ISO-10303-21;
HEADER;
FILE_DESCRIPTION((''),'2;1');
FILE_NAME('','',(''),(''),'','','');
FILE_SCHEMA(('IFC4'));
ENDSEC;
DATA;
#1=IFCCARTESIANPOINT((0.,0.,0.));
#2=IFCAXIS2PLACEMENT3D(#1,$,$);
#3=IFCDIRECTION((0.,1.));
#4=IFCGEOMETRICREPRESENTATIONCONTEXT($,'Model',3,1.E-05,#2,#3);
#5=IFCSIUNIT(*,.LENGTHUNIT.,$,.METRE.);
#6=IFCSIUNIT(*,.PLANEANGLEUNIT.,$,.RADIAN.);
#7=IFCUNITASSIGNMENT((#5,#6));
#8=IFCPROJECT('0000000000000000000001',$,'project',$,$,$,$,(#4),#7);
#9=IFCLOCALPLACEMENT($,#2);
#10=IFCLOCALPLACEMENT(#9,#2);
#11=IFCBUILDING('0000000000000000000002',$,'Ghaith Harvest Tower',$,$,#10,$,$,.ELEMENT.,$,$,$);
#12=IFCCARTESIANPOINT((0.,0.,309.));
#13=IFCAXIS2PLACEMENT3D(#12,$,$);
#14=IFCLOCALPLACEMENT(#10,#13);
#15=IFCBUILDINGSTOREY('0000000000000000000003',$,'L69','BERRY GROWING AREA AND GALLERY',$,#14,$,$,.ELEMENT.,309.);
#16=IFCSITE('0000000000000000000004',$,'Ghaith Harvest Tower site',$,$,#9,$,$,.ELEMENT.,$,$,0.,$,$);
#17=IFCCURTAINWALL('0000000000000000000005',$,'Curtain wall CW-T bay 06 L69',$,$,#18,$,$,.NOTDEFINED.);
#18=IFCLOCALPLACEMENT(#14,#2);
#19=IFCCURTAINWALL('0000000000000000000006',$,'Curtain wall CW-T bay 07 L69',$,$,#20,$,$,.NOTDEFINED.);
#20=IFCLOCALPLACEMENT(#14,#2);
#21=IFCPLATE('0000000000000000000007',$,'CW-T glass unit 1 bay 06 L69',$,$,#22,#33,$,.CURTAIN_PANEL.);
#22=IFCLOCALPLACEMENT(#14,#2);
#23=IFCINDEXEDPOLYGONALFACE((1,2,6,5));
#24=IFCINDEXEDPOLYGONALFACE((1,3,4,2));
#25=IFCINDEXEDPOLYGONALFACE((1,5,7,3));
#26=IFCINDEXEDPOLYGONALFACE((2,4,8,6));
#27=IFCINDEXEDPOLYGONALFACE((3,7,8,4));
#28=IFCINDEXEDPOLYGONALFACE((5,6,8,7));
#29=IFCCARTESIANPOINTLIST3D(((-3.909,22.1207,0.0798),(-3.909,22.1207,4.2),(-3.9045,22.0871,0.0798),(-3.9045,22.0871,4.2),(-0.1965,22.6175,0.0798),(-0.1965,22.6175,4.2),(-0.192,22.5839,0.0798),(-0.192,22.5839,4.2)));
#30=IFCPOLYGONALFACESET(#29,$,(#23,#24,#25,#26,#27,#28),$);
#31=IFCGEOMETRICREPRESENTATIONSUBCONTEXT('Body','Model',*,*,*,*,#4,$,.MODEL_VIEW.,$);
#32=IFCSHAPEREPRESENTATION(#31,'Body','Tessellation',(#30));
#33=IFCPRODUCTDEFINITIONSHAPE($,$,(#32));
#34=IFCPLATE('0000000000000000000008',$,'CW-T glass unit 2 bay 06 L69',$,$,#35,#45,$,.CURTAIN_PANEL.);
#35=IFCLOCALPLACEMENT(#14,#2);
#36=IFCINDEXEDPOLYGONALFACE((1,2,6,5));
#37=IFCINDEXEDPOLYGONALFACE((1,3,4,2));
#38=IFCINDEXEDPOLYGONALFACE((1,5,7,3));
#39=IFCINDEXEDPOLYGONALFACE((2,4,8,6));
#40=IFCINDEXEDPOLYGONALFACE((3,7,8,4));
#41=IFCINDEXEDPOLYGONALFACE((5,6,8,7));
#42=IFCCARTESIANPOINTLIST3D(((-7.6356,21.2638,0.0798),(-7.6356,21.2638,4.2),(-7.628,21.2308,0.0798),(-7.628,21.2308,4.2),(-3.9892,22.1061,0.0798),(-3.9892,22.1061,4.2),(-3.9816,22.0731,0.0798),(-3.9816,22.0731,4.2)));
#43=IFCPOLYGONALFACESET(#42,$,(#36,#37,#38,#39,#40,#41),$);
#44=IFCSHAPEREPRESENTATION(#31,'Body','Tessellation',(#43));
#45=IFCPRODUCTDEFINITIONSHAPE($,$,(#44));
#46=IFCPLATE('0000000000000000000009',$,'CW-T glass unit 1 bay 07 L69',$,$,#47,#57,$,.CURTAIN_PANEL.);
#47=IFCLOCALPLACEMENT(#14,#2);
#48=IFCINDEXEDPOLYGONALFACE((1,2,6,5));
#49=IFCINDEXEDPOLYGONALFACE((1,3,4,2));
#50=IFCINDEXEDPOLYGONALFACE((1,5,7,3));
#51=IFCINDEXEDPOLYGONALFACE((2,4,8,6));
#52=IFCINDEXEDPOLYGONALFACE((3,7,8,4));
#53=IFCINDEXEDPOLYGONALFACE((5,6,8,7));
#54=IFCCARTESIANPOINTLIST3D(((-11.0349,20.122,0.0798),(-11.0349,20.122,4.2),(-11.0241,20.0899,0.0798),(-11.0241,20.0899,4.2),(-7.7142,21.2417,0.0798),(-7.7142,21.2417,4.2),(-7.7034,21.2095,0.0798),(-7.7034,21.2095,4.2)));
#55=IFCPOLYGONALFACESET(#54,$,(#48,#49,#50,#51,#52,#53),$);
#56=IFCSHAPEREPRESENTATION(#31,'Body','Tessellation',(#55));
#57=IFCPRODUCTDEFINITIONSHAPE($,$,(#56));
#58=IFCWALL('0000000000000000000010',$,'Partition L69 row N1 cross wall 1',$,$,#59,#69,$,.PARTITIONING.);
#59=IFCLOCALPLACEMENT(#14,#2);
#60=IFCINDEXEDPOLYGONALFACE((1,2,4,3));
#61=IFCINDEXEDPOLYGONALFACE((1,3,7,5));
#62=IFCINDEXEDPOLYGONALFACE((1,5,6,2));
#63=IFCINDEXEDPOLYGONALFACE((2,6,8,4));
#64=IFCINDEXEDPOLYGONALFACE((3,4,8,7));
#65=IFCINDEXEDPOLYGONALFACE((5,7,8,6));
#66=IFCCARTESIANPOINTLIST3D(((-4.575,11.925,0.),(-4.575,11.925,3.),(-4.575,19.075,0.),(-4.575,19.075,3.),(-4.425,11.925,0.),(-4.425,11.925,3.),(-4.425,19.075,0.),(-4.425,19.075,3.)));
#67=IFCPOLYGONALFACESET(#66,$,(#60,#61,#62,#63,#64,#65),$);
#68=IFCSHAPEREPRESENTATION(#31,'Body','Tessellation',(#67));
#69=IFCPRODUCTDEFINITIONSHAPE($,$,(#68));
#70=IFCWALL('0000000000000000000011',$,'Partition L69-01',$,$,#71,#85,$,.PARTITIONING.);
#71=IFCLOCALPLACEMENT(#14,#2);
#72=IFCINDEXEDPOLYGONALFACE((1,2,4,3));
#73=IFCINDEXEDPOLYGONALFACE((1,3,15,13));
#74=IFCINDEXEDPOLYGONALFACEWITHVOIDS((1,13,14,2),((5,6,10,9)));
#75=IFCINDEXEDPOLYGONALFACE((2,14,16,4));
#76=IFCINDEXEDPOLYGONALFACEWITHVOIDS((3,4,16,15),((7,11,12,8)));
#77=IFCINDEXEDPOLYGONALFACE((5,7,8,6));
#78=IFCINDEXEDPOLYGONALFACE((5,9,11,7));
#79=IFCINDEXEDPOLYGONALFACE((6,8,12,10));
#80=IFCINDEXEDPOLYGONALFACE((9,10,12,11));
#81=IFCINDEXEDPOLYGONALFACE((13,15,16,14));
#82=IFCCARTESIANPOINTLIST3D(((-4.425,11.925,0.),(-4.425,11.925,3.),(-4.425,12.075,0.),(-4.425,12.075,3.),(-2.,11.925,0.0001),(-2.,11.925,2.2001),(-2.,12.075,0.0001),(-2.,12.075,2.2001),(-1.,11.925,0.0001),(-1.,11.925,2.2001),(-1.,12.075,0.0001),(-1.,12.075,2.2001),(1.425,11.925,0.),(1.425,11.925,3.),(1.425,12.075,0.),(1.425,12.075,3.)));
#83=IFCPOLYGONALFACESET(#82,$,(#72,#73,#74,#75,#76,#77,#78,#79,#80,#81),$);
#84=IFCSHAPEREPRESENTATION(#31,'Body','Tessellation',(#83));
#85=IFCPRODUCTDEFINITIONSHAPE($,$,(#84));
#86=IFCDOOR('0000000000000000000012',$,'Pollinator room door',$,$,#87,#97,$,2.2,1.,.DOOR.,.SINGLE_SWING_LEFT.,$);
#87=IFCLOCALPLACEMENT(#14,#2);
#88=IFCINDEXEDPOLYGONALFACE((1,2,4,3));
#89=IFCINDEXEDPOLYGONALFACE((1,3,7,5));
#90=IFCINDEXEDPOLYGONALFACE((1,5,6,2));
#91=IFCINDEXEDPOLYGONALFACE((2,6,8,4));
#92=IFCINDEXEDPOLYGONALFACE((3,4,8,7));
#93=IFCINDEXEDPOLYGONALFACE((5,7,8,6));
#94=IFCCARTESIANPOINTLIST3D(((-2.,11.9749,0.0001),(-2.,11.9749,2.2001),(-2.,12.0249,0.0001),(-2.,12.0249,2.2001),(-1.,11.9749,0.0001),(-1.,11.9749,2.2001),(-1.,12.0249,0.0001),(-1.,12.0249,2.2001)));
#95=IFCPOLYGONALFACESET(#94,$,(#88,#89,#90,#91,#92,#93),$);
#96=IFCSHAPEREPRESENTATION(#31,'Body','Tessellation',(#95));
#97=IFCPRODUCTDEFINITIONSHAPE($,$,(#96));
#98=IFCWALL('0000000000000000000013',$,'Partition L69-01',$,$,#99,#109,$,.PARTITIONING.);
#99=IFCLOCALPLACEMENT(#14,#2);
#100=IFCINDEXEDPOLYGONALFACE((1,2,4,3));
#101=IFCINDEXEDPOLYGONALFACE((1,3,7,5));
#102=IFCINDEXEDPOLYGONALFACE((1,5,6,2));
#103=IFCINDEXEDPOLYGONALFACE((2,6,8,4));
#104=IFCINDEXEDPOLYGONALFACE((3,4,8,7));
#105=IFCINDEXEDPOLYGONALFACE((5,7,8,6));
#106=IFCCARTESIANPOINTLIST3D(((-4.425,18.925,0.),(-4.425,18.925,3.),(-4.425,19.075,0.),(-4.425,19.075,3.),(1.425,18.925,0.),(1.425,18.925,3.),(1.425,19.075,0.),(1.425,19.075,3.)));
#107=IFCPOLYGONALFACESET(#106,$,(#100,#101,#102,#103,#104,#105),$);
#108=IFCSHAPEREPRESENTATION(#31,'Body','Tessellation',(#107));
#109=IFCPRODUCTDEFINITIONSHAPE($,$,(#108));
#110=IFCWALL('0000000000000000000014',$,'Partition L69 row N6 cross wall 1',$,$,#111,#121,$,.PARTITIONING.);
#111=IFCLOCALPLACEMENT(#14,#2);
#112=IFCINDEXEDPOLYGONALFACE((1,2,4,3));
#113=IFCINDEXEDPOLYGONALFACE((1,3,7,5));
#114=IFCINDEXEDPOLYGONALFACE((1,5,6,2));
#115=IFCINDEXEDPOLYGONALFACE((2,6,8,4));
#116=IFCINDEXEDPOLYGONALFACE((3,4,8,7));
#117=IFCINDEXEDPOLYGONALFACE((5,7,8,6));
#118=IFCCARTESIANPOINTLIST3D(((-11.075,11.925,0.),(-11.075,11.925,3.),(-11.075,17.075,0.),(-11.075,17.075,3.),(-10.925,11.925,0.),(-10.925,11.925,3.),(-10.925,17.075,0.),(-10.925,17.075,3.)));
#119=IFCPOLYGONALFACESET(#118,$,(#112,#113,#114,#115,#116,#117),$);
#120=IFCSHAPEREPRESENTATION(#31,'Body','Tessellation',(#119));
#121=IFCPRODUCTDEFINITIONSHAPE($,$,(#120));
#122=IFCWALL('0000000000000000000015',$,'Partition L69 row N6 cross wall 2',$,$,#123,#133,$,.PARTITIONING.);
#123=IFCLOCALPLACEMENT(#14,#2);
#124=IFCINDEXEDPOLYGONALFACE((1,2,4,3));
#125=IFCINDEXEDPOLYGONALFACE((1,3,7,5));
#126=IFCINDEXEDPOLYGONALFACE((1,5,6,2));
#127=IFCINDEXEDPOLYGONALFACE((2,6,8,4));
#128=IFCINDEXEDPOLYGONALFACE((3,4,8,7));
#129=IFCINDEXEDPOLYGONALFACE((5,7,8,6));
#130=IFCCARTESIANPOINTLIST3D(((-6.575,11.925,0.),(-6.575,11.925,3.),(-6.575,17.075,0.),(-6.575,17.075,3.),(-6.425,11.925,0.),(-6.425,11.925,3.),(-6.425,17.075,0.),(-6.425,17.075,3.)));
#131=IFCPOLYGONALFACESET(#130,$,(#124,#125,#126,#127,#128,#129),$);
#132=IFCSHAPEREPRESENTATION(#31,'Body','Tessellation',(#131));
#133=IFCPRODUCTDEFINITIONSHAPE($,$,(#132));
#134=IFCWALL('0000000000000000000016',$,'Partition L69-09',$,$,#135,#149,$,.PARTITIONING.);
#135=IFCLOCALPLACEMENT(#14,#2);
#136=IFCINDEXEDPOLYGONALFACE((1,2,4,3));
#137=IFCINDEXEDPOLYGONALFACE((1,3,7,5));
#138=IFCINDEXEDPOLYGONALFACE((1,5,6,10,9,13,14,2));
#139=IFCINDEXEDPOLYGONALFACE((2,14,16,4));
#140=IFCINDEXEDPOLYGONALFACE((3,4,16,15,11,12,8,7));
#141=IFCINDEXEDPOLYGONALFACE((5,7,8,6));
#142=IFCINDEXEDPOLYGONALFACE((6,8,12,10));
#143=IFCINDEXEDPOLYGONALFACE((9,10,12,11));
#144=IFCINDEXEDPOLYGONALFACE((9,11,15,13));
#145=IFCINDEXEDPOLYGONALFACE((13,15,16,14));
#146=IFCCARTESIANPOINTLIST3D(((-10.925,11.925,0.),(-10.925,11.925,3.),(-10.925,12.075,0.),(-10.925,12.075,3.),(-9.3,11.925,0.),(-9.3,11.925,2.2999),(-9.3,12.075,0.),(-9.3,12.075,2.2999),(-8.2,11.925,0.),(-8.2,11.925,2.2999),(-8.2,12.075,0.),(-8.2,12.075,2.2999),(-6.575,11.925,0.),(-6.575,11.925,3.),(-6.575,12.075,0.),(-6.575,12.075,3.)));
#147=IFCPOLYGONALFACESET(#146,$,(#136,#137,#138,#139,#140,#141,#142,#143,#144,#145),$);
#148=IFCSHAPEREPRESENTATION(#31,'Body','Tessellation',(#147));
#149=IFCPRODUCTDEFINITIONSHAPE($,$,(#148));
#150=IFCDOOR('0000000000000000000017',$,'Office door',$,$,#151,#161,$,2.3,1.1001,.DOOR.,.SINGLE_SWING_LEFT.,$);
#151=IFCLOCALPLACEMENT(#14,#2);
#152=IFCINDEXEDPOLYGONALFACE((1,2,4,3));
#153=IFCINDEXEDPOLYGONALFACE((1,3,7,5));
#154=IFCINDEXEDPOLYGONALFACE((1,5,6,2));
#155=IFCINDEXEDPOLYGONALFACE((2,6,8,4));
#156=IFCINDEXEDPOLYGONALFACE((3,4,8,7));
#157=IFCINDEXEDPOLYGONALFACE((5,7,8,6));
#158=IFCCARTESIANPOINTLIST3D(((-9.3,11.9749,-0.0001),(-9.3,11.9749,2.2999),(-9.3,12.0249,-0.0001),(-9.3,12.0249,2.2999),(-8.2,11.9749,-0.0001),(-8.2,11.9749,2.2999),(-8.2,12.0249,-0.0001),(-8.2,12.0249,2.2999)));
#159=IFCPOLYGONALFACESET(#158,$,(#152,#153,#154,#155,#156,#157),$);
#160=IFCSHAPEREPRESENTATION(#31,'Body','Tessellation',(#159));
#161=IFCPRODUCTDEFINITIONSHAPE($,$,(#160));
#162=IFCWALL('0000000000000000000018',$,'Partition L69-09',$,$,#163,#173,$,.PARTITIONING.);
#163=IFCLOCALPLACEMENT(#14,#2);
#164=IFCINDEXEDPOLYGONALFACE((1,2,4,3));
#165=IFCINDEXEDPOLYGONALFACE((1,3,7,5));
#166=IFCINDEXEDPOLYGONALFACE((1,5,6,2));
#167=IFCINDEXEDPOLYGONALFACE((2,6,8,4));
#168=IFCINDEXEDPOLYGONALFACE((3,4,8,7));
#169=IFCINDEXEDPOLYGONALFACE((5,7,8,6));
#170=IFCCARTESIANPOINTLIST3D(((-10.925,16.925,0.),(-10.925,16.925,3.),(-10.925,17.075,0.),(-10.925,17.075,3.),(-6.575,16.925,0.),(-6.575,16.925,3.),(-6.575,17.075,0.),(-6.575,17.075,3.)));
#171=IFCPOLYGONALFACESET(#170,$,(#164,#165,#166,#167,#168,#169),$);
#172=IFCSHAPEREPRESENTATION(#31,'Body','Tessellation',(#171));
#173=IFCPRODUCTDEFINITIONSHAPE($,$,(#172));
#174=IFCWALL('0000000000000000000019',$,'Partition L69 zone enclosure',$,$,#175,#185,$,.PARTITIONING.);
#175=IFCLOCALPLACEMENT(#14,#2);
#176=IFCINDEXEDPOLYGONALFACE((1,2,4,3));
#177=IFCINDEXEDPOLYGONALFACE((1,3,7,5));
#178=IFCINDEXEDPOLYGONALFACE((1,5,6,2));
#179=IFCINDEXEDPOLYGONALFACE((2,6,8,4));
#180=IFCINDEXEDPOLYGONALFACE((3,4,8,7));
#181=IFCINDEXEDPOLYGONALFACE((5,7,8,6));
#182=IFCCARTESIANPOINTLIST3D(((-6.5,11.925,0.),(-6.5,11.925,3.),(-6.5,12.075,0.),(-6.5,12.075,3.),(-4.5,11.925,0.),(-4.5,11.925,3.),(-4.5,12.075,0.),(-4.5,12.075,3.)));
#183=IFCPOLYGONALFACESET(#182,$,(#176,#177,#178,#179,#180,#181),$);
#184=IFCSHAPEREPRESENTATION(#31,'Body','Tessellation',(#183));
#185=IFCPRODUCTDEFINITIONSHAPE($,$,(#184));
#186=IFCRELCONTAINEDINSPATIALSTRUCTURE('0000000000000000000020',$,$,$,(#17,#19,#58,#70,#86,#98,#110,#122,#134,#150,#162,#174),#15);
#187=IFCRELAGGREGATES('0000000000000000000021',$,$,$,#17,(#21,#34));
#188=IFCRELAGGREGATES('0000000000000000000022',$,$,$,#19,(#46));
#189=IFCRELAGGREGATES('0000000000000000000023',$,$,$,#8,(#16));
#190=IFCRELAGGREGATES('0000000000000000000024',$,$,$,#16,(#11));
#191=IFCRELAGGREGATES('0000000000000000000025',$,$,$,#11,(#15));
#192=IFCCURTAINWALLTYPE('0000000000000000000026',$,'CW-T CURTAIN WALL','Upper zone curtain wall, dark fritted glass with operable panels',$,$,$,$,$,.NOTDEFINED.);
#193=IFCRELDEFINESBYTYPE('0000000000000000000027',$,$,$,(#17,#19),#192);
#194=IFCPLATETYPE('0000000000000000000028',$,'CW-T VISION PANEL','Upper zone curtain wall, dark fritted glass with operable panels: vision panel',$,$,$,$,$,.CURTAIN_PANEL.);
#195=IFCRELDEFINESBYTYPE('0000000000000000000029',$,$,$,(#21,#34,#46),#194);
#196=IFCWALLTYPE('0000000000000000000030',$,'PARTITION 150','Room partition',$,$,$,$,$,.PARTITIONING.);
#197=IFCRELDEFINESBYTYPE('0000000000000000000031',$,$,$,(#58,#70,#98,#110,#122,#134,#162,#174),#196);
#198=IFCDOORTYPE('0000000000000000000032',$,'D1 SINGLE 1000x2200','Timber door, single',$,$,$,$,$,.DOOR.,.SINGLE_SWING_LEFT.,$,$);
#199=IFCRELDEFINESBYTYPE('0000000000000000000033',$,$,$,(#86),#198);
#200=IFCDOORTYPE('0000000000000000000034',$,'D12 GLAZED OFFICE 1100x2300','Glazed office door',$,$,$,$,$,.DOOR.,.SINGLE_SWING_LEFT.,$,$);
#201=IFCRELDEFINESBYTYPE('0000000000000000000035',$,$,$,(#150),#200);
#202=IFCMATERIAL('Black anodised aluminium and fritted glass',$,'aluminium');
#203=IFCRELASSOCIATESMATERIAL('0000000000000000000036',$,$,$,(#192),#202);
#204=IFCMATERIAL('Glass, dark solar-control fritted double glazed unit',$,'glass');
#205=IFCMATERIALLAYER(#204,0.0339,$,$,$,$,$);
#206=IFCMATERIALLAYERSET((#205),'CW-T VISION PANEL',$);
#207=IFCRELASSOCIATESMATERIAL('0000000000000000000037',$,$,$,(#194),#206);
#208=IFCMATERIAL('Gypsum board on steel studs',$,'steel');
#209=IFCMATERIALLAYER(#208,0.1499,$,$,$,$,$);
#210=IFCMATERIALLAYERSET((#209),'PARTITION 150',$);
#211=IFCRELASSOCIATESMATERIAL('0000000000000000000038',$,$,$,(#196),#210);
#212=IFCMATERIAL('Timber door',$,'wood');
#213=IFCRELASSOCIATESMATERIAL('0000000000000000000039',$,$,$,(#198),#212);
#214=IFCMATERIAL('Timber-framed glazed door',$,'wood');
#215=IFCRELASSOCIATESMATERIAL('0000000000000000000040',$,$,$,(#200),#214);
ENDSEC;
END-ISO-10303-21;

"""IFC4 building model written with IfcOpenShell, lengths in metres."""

from ifc_helpers import new_model, si_unit, direction, frame, frame_2d, origin, origin_2d, place, context, subcontext, project, spatial, rectangle, extrude, material, layer, layer_set, type_object, element, fill, aggregate, save


model = new_model("IFC4")

# Units and contexts
model_context = context("Model", 3, precision=1e-05, world=origin(), true_north=direction((0.0, 1.0)))
body_context = subcontext(model_context, "Body", "Model", "MODEL_VIEW")
ifc_project = project(units=[si_unit("LENGTHUNIT", "METRE"), si_unit("PLANEANGLEUNIT", "RADIAN")], contexts=[model_context])

# Site, building, storey
site_placement = place(None, origin())
site = spatial("IfcSite", under=ifc_project, at=site_placement, Name="Ghaith Harvest Tower site", CompositionType="ELEMENT", RefElevation=0.0)
building_placement = place(site_placement, origin())
building = spatial("IfcBuilding", under=site, at=building_placement, Name="Ghaith Harvest Tower", CompositionType="ELEMENT")
storey_placement = place(building_placement, frame((0.0, 0.0, 309.0)))
storey = spatial("IfcBuildingStorey", under=building, at=storey_placement, Name="L69", Description="BERRY GROWING AREA AND GALLERY", CompositionType="ELEMENT", Elevation=309.0)

# Curtain walls
ifc_material_1 = material(Name="Black anodised aluminium and fritted glass", Category="aluminium")
curtain_wall_type = type_object("IfcCurtainWallType", Name="CW-T CURTAIN WALL", Description="Upper zone curtain wall, dark fritted glass with operable panels", PredefinedType="NOTDEFINED", material=ifc_material_1)
curtain_wall_1_placement = place(storey_placement, origin())
curtain_wall_1 = element("IfcCurtainWall", 1, at=curtain_wall_1_placement, inside=storey, type_object=curtain_wall_type, Name="Curtain wall CW-T bay 06 L69", PredefinedType="NOTDEFINED")
curtain_wall_2_placement = place(storey_placement, origin())
curtain_wall_2 = element("IfcCurtainWall", 2, at=curtain_wall_2_placement, inside=storey, type_object=curtain_wall_type, Name="Curtain wall CW-T bay 07 L69", PredefinedType="NOTDEFINED")

# Plates
ifc_material_2 = material(Name="Glass, dark solar-control fritted double glazed unit", Category="glass")
ifc_layer_1 = layer(ifc_material_2, 0.0339)
ifc_layer_set_1 = layer_set([ifc_layer_1], Name="CW-T VISION PANEL")
plate_type = type_object("IfcPlateType", Name="CW-T VISION PANEL", Description="Upper zone curtain wall, dark fritted glass with operable panels: vision panel", PredefinedType="CURTAIN_PANEL", material=ifc_layer_set_1)
plate_1_placement = place(storey_placement, frame((-2.0505, 22.3523, 0.0798), z_axis=(0.0, 0.0, 1.0), x_axis=(-0.991165, -0.132633, 0.0)))
plate_1 = element("IfcPlate", 3, at=plate_1_placement, type_object=plate_type, Name="CW-T glass unit 1 bay 06 L69", PredefinedType="CURTAIN_PANEL", context=body_context, shape_type="SweptSolid", body=[
    extrude(rectangle(XDim=3.7456, YDim=0.0339, at=origin_2d()), origin(), (0.0, 0.0, 1.0), 4.1201),
])
plate_2_placement = place(storey_placement, frame((-5.8086, 21.6685, 0.0798), z_axis=(0.0, 0.0, 1.0), x_axis=(-0.974342, -0.225072, 0.0)))
plate_2 = element("IfcPlate", 4, at=plate_2_placement, type_object=plate_type, Name="CW-T glass unit 2 bay 06 L69", PredefinedType="CURTAIN_PANEL", context=body_context, shape_type="SweptSolid", body=[
    extrude(rectangle(XDim=3.7424, YDim=0.0339, at=origin_2d()), origin(), (0.0, 0.0, 1.0), 4.1201),
])
aggregate(curtain_wall_1, [plate_1, plate_2])
plate_3_placement = place(storey_placement, frame((-9.3691, 20.6658, 0.0798), z_axis=(0.0, 0.0, 1.0), x_axis=(-0.947586, -0.3195, 0.0)))
plate_3 = element("IfcPlate", 5, at=plate_3_placement, type_object=plate_type, Name="CW-T glass unit 1 bay 07 L69", PredefinedType="CURTAIN_PANEL", context=body_context, shape_type="SweptSolid", body=[
    extrude(rectangle(XDim=3.5044, YDim=0.0339, at=origin_2d()), origin(), (0.0, 0.0, 1.0), 4.1201),
])
aggregate(curtain_wall_2, [plate_3])

# Wall
ifc_material_3 = material(Name="Gypsum board on steel studs", Category="steel")
ifc_layer_2 = layer(ifc_material_3, 0.1499)
ifc_layer_set_2 = layer_set([ifc_layer_2], Name="PARTITION 150")
wall_type = type_object("IfcWallType", Name="PARTITION 150", Description="Room partition", PredefinedType="PARTITIONING", material=ifc_layer_set_2)
wall_1_placement = place(storey_placement, frame((-4.5, 11.925, 0.0), z_axis=(0.0, 0.0, 1.0), x_axis=(0.0, 1.0, 0.0)))
element("IfcWall", 6, at=wall_1_placement, inside=storey, type_object=wall_type, Name="Partition L69 row N1 cross wall 1", PredefinedType="PARTITIONING", context=body_context, shape_type="SweptSolid", body=[
    extrude(rectangle(XDim=7.1499, YDim=0.1499, at=frame_2d((3.575, 0.0))), origin(), (0.0, 0.0, 1.0), 3.0),
])

# Wall, opening, door
wall_2_placement = place(storey_placement, frame((-4.425, 12.0, 0.0), z_axis=(0.0, 0.0, 1.0), x_axis=(1.0, 0.0, 0.0)))
wall_2 = element("IfcWall", 7, at=wall_2_placement, inside=storey, type_object=wall_type, Name="Partition L69-01", PredefinedType="PARTITIONING", context=body_context, shape_type="SweptSolid", body=[
    extrude(rectangle(XDim=5.8501, YDim=0.1499, at=frame_2d((2.925, 0.0))), origin(), (0.0, 0.0, 1.0), 3.0),
])
opening_1_placement = place(wall_2_placement, frame((2.425, 0.0, 0.0)))
opening_1 = element("IfcOpeningElement", 8, at=opening_1_placement, cuts=wall_2, PredefinedType="OPENING", context=body_context, shape_type="SweptSolid", body=[
    extrude(rectangle(XDim=1.0, YDim=2.2, at=frame_2d((0.5, 1.1001))), frame((0.0, 0.085, 0.0), z_axis=(0.0, -1.0, 0.0), x_axis=(1.0, 0.0, 0.0)), (0.0, 0.0, 1.0), 0.1699),
])
ifc_material_4 = material(Name="Timber door", Category="wood")
door_type_1 = type_object("IfcDoorType", Name="D1 SINGLE 1000x2200", Description="Timber door, single", OperationType="SINGLE_SWING_LEFT", PredefinedType="DOOR", material=ifc_material_4)
door_1_placement = place(opening_1_placement, origin())
door_1 = element("IfcDoor", 9, at=door_1_placement, inside=storey, type_object=door_type_1, Name="Pollinator room door", OperationType="SINGLE_SWING_LEFT", OverallHeight=2.2, OverallWidth=1.0, PredefinedType="DOOR", context=body_context, shape_type="SweptSolid", body=[
    extrude(rectangle(XDim=1.0, YDim=2.2, at=frame_2d((0.5, 1.1001))), frame((0.0, 0.0249, 0.0), z_axis=(0.0, -1.0, 0.0), x_axis=(1.0, 0.0, 0.0)), (0.0, 0.0, 1.0), 0.05),
])
fill(opening_1, door_1)

# Walls
wall_3_placement = place(storey_placement, frame((-4.425, 19.0, 0.0), z_axis=(0.0, 0.0, 1.0), x_axis=(1.0, 0.0, 0.0)))
element("IfcWall", 10, at=wall_3_placement, inside=storey, type_object=wall_type, Name="Partition L69-01", PredefinedType="PARTITIONING", context=body_context, shape_type="SweptSolid", body=[
    extrude(rectangle(XDim=5.8501, YDim=0.1499, at=frame_2d((2.925, 0.0))), origin(), (0.0, 0.0, 1.0), 3.0),
])
for number, where, z_axis, x_axis, name in (
    (11, (-11.0, 11.925, 0.0), (0.0, 0.0, 1.0), (0.0, 1.0, 0.0), "Partition L69 row N6 cross wall 1"),
    (12, (-6.5, 11.925, 0.0), (0.0, 0.0, 1.0), (0.0, 1.0, 0.0), "Partition L69 row N6 cross wall 2"),
):
    element("IfcWall", number, at=place(storey_placement, frame(where, z_axis=z_axis, x_axis=x_axis)), inside=storey, type_object=wall_type, Name=name, PredefinedType="PARTITIONING", context=body_context, shape_type="SweptSolid", body=[
        extrude(rectangle(XDim=5.1499, YDim=0.1499, at=frame_2d((2.575, 0.0))), origin(), (0.0, 0.0, 1.0), 3.0),
    ])

# Wall, opening, door
wall_4_placement = place(storey_placement, frame((-10.925, 12.0, 0.0), z_axis=(0.0, 0.0, 1.0), x_axis=(1.0, 0.0, 0.0)))
wall_4 = element("IfcWall", 13, at=wall_4_placement, inside=storey, type_object=wall_type, Name="Partition L69-09", PredefinedType="PARTITIONING", context=body_context, shape_type="SweptSolid", body=[
    extrude(rectangle(XDim=4.3501, YDim=0.1499, at=frame_2d((2.175, 0.0))), origin(), (0.0, 0.0, 1.0), 3.0),
])
opening_2_placement = place(wall_4_placement, frame((1.625, 0.0, 0.0)))
opening_2 = element("IfcOpeningElement", 14, at=opening_2_placement, cuts=wall_4, PredefinedType="OPENING", context=body_context, shape_type="SweptSolid", body=[
    extrude(rectangle(XDim=1.1001, YDim=2.3, at=frame_2d((0.55, 1.1499))), frame((0.0, 0.085, 0.0), z_axis=(0.0, -1.0, 0.0), x_axis=(1.0, 0.0, 0.0)), (0.0, 0.0, 1.0), 0.1699),
])
ifc_material_5 = material(Name="Timber-framed glazed door", Category="wood")
door_type_2 = type_object("IfcDoorType", Name="D12 GLAZED OFFICE 1100x2300", Description="Glazed office door", OperationType="SINGLE_SWING_LEFT", PredefinedType="DOOR", material=ifc_material_5)
door_2_placement = place(opening_2_placement, origin())
door_2 = element("IfcDoor", 15, at=door_2_placement, inside=storey, type_object=door_type_2, Name="Office door", OperationType="SINGLE_SWING_LEFT", OverallHeight=2.3, OverallWidth=1.1001, PredefinedType="DOOR", context=body_context, shape_type="SweptSolid", body=[
    extrude(rectangle(XDim=1.1001, YDim=2.3, at=frame_2d((0.55, 1.1499))), frame((0.0, 0.0249, 0.0), z_axis=(0.0, -1.0, 0.0), x_axis=(1.0, 0.0, 0.0)), (0.0, 0.0, 1.0), 0.05),
])
fill(opening_2, door_2)

# Wall
wall_5_placement = place(storey_placement, frame((-10.925, 17.0, 0.0), z_axis=(0.0, 0.0, 1.0), x_axis=(1.0, 0.0, 0.0)))
element("IfcWall", 16, at=wall_5_placement, inside=storey, type_object=wall_type, Name="Partition L69-09", PredefinedType="PARTITIONING", context=body_context, shape_type="SweptSolid", body=[
    extrude(rectangle(XDim=4.3501, YDim=0.1499, at=frame_2d((2.175, 0.0))), origin(), (0.0, 0.0, 1.0), 3.0),
])

# Wall
wall_6_placement = place(storey_placement, frame((-4.5, 12.0, 0.0), z_axis=(0.0, 0.0, 1.0), x_axis=(-1.0, 0.0, 0.0)))
element("IfcWall", 17, at=wall_6_placement, inside=storey, type_object=wall_type, Name="Partition L69 zone enclosure", PredefinedType="PARTITIONING", context=body_context, shape_type="SweptSolid", body=[
    extrude(rectangle(XDim=2.0, YDim=0.1499, at=frame_2d((1.0, 0.0))), origin(), (0.0, 0.0, 1.0), 3.0),
])

save(model, "model.ifc")
